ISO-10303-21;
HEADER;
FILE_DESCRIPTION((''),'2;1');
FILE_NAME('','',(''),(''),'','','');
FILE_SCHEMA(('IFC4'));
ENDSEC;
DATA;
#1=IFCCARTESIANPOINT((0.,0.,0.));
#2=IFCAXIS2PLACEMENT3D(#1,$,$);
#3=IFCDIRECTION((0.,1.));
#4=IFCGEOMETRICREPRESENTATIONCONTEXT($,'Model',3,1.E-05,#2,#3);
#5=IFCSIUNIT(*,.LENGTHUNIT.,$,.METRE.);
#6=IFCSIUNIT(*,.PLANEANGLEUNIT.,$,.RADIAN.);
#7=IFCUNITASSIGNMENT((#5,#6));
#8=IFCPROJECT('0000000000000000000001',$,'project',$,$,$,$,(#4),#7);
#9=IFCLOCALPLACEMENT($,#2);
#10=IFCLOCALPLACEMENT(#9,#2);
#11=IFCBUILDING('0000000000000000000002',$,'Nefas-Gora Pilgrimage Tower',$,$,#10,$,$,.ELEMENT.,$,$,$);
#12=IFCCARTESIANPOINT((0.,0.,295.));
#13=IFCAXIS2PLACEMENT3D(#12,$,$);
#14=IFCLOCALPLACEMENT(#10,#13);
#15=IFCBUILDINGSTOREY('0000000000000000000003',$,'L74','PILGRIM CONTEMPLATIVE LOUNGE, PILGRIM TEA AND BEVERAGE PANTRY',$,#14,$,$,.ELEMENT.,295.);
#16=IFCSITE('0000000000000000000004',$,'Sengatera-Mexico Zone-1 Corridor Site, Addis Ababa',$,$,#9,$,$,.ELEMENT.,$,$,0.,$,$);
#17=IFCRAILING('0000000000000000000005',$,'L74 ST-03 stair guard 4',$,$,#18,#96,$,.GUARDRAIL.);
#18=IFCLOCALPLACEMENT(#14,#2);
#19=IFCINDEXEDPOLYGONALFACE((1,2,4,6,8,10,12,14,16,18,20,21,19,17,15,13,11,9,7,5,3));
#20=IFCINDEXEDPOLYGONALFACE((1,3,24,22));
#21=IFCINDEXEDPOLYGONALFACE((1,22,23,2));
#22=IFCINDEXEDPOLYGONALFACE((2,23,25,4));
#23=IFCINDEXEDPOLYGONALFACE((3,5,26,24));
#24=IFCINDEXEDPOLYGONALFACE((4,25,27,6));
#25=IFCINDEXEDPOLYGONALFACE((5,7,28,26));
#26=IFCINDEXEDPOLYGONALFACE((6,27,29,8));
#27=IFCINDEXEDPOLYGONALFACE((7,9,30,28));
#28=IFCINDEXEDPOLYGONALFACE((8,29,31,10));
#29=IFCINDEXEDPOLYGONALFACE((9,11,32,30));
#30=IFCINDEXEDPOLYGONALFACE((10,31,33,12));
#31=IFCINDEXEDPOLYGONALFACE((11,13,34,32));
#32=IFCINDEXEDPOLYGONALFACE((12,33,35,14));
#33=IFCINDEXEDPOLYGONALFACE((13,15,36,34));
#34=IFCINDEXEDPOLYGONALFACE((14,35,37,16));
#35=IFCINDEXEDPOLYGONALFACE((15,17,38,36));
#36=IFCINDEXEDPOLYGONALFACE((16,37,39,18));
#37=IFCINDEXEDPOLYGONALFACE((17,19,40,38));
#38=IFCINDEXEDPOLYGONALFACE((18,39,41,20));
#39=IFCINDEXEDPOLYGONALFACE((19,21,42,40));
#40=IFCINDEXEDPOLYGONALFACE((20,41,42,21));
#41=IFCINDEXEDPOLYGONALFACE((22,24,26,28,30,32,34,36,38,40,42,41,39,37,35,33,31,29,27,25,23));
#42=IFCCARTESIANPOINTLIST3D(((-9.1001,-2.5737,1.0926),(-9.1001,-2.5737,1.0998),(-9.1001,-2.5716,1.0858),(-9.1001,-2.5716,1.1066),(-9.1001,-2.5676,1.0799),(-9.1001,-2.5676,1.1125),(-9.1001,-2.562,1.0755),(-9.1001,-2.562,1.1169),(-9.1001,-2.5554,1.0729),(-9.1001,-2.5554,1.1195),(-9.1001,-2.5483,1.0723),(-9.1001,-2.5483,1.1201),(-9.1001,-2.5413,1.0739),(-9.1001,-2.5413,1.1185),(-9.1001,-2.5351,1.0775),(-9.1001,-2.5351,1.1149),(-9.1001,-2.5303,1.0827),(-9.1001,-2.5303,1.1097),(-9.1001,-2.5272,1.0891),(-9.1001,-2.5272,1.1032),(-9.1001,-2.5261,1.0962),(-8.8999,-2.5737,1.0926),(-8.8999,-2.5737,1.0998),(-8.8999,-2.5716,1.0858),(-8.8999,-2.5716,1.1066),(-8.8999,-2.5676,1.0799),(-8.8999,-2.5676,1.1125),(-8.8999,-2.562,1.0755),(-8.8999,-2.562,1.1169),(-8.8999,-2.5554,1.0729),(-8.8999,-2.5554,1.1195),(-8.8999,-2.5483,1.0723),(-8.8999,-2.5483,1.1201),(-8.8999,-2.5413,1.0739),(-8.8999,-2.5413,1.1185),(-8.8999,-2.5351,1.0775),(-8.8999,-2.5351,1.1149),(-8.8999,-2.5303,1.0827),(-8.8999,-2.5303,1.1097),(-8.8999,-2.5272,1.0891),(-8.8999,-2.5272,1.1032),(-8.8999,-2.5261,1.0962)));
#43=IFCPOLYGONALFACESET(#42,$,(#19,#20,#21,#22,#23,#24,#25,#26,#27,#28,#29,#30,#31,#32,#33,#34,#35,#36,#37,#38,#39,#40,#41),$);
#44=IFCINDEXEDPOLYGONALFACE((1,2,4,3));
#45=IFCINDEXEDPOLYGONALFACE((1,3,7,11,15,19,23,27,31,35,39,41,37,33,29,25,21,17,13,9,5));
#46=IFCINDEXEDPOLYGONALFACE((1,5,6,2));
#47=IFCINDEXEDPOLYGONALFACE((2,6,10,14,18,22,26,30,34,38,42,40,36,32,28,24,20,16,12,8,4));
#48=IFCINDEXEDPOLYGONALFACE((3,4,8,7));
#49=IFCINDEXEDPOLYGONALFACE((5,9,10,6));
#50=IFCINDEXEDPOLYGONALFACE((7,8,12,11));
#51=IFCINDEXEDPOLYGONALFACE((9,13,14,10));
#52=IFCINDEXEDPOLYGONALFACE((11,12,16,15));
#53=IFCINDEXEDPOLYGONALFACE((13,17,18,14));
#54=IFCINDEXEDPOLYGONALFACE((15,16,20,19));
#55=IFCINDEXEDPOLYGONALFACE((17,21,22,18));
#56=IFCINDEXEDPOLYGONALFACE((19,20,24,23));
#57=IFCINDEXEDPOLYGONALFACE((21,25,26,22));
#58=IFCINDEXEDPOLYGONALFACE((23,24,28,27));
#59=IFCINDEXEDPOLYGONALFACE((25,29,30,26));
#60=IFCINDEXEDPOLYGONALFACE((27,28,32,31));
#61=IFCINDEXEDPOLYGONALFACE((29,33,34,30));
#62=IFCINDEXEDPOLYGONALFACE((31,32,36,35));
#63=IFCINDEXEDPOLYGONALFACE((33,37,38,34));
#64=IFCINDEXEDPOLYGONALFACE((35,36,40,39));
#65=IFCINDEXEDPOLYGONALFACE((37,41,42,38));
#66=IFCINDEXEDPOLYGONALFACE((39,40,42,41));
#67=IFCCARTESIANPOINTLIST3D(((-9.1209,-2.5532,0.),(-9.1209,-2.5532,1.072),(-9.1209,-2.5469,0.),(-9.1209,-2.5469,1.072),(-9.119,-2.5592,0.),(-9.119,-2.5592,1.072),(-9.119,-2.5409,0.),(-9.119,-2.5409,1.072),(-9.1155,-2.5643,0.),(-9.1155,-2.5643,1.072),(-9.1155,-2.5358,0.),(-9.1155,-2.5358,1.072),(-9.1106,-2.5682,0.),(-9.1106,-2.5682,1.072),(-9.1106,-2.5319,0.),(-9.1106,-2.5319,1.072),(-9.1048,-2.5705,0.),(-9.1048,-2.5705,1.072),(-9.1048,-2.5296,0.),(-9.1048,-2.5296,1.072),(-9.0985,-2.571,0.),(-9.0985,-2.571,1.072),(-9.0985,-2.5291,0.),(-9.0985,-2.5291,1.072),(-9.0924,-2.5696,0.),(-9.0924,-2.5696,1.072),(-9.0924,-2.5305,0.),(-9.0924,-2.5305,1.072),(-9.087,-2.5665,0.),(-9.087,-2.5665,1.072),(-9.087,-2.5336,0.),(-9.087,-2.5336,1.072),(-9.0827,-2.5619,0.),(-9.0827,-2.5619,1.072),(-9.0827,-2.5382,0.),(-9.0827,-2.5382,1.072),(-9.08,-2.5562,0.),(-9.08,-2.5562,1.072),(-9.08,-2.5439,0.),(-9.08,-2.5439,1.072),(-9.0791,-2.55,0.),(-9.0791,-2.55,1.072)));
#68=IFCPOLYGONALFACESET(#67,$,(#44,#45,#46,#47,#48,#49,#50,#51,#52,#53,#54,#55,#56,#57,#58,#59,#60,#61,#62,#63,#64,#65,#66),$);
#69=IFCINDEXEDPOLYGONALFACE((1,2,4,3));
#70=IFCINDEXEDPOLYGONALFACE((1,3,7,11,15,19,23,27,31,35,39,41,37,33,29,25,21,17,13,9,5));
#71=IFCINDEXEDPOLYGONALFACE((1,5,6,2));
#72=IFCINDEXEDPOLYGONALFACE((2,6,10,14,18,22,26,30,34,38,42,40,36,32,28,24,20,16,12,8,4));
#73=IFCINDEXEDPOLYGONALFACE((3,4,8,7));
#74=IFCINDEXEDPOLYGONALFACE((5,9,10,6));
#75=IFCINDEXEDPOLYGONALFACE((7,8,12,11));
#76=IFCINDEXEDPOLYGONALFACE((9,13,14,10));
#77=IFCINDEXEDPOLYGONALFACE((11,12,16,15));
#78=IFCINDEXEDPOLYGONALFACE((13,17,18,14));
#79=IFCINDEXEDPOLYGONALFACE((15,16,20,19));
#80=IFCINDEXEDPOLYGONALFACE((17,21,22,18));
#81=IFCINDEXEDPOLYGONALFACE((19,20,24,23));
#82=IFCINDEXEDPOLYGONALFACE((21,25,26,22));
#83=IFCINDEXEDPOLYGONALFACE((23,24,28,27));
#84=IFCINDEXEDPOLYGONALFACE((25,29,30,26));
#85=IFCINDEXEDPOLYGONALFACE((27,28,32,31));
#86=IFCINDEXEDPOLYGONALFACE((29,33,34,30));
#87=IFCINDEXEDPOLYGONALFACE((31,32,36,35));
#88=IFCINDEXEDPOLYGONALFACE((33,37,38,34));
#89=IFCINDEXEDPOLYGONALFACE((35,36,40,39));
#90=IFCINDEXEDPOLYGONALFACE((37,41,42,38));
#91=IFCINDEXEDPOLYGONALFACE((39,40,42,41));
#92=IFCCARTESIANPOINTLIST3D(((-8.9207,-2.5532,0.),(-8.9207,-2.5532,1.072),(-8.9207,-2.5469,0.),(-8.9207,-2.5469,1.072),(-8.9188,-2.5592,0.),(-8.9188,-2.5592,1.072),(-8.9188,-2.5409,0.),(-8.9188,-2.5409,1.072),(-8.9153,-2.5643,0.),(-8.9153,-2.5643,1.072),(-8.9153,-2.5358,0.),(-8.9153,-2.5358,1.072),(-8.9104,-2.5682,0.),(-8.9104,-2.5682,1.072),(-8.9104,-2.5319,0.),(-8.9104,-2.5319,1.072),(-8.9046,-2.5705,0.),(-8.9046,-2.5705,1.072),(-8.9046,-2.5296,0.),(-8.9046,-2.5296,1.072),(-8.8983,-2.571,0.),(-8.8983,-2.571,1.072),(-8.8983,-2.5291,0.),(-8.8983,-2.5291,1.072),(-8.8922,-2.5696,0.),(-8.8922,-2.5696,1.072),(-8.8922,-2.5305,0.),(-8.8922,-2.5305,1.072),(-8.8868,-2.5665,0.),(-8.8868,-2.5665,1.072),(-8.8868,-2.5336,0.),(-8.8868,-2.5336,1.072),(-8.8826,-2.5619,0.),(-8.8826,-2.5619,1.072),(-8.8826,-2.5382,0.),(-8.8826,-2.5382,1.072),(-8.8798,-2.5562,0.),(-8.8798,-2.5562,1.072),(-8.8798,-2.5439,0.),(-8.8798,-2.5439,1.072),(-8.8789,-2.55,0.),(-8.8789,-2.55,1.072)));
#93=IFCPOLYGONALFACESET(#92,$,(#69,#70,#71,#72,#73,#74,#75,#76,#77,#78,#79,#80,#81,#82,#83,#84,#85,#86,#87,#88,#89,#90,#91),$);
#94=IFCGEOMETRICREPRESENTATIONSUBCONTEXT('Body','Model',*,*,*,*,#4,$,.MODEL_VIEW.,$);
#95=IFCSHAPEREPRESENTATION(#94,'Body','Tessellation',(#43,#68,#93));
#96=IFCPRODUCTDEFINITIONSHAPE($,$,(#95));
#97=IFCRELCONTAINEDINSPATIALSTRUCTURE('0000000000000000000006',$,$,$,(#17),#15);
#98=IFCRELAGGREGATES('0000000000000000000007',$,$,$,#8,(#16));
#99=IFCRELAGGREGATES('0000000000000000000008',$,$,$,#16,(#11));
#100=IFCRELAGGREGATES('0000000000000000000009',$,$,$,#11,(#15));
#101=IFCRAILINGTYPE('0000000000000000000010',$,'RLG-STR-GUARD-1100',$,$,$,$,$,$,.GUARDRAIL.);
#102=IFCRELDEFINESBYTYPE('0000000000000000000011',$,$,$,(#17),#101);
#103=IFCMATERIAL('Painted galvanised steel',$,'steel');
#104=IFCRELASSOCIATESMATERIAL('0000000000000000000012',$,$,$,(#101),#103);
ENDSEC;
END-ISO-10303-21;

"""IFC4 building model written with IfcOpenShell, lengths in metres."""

from ifc_helpers import new_model, si_unit, direction, frame, origin, origin_2d, place, context, subcontext, project, spatial, circle, extrude, material, type_object, element, save


model = new_model("IFC4")

# Units and contexts
model_context = context("Model", 3, precision=1e-05, world=origin(), true_north=direction((0.0, 1.0)))
body_context = subcontext(model_context, "Body", "Model", "MODEL_VIEW")
ifc_project = project(units=[si_unit("LENGTHUNIT", "METRE"), si_unit("PLANEANGLEUNIT", "RADIAN")], contexts=[model_context])

# Site, building, storey
site_placement = place(None, origin())
site = spatial("IfcSite", under=ifc_project, at=site_placement, Name="Sengatera-Mexico Zone-1 Corridor Site, Addis Ababa", CompositionType="ELEMENT", RefElevation=0.0)
building_placement = place(site_placement, origin())
building = spatial("IfcBuilding", under=site, at=building_placement, Name="Nefas-Gora Pilgrimage Tower", CompositionType="ELEMENT")
storey_placement = place(building_placement, frame((0.0, 0.0, 295.0)))
storey = spatial("IfcBuildingStorey", under=building, at=storey_placement, Name="L74", Description="PILGRIM CONTEMPLATIVE LOUNGE, PILGRIM TEA AND BEVERAGE PANTRY", CompositionType="ELEMENT", Elevation=295.0)

# Railing
ifc_material_1 = material(Name="Painted galvanised steel", Category="steel")
railing_type_1 = type_object("IfcRailingType", Name="RLG-STR-GUARD-1100", PredefinedType="GUARDRAIL", material=ifc_material_1)
railing_1_placement = place(storey_placement, frame((-9.1001, -2.55, 0.0)))
element("IfcRailing", 1, at=railing_1_placement, inside=storey, type_object=railing_type_1, Name="L74 ST-03 stair guard 4", PredefinedType="GUARDRAIL", context=body_context, shape_type="SweptSolid", body=[
    extrude(circle(Radius=0.0239, at=origin_2d()), frame((0.0, 0.0, 1.0962), z_axis=(1.0, 0.0, 0.0), x_axis=(0.0, 1.0, 0.0)), (0.0, 0.0, 1.0), 0.2002),
    extrude(circle(Radius=0.021, at=origin_2d()), origin(), (0.0, 0.0, 1.0), 1.072),
    extrude(circle(Radius=0.021, at=origin_2d()), frame((0.2002, 0.0, 0.0)), (0.0, 0.0, 1.0), 1.072),
])

save(model, "model.ifc")
